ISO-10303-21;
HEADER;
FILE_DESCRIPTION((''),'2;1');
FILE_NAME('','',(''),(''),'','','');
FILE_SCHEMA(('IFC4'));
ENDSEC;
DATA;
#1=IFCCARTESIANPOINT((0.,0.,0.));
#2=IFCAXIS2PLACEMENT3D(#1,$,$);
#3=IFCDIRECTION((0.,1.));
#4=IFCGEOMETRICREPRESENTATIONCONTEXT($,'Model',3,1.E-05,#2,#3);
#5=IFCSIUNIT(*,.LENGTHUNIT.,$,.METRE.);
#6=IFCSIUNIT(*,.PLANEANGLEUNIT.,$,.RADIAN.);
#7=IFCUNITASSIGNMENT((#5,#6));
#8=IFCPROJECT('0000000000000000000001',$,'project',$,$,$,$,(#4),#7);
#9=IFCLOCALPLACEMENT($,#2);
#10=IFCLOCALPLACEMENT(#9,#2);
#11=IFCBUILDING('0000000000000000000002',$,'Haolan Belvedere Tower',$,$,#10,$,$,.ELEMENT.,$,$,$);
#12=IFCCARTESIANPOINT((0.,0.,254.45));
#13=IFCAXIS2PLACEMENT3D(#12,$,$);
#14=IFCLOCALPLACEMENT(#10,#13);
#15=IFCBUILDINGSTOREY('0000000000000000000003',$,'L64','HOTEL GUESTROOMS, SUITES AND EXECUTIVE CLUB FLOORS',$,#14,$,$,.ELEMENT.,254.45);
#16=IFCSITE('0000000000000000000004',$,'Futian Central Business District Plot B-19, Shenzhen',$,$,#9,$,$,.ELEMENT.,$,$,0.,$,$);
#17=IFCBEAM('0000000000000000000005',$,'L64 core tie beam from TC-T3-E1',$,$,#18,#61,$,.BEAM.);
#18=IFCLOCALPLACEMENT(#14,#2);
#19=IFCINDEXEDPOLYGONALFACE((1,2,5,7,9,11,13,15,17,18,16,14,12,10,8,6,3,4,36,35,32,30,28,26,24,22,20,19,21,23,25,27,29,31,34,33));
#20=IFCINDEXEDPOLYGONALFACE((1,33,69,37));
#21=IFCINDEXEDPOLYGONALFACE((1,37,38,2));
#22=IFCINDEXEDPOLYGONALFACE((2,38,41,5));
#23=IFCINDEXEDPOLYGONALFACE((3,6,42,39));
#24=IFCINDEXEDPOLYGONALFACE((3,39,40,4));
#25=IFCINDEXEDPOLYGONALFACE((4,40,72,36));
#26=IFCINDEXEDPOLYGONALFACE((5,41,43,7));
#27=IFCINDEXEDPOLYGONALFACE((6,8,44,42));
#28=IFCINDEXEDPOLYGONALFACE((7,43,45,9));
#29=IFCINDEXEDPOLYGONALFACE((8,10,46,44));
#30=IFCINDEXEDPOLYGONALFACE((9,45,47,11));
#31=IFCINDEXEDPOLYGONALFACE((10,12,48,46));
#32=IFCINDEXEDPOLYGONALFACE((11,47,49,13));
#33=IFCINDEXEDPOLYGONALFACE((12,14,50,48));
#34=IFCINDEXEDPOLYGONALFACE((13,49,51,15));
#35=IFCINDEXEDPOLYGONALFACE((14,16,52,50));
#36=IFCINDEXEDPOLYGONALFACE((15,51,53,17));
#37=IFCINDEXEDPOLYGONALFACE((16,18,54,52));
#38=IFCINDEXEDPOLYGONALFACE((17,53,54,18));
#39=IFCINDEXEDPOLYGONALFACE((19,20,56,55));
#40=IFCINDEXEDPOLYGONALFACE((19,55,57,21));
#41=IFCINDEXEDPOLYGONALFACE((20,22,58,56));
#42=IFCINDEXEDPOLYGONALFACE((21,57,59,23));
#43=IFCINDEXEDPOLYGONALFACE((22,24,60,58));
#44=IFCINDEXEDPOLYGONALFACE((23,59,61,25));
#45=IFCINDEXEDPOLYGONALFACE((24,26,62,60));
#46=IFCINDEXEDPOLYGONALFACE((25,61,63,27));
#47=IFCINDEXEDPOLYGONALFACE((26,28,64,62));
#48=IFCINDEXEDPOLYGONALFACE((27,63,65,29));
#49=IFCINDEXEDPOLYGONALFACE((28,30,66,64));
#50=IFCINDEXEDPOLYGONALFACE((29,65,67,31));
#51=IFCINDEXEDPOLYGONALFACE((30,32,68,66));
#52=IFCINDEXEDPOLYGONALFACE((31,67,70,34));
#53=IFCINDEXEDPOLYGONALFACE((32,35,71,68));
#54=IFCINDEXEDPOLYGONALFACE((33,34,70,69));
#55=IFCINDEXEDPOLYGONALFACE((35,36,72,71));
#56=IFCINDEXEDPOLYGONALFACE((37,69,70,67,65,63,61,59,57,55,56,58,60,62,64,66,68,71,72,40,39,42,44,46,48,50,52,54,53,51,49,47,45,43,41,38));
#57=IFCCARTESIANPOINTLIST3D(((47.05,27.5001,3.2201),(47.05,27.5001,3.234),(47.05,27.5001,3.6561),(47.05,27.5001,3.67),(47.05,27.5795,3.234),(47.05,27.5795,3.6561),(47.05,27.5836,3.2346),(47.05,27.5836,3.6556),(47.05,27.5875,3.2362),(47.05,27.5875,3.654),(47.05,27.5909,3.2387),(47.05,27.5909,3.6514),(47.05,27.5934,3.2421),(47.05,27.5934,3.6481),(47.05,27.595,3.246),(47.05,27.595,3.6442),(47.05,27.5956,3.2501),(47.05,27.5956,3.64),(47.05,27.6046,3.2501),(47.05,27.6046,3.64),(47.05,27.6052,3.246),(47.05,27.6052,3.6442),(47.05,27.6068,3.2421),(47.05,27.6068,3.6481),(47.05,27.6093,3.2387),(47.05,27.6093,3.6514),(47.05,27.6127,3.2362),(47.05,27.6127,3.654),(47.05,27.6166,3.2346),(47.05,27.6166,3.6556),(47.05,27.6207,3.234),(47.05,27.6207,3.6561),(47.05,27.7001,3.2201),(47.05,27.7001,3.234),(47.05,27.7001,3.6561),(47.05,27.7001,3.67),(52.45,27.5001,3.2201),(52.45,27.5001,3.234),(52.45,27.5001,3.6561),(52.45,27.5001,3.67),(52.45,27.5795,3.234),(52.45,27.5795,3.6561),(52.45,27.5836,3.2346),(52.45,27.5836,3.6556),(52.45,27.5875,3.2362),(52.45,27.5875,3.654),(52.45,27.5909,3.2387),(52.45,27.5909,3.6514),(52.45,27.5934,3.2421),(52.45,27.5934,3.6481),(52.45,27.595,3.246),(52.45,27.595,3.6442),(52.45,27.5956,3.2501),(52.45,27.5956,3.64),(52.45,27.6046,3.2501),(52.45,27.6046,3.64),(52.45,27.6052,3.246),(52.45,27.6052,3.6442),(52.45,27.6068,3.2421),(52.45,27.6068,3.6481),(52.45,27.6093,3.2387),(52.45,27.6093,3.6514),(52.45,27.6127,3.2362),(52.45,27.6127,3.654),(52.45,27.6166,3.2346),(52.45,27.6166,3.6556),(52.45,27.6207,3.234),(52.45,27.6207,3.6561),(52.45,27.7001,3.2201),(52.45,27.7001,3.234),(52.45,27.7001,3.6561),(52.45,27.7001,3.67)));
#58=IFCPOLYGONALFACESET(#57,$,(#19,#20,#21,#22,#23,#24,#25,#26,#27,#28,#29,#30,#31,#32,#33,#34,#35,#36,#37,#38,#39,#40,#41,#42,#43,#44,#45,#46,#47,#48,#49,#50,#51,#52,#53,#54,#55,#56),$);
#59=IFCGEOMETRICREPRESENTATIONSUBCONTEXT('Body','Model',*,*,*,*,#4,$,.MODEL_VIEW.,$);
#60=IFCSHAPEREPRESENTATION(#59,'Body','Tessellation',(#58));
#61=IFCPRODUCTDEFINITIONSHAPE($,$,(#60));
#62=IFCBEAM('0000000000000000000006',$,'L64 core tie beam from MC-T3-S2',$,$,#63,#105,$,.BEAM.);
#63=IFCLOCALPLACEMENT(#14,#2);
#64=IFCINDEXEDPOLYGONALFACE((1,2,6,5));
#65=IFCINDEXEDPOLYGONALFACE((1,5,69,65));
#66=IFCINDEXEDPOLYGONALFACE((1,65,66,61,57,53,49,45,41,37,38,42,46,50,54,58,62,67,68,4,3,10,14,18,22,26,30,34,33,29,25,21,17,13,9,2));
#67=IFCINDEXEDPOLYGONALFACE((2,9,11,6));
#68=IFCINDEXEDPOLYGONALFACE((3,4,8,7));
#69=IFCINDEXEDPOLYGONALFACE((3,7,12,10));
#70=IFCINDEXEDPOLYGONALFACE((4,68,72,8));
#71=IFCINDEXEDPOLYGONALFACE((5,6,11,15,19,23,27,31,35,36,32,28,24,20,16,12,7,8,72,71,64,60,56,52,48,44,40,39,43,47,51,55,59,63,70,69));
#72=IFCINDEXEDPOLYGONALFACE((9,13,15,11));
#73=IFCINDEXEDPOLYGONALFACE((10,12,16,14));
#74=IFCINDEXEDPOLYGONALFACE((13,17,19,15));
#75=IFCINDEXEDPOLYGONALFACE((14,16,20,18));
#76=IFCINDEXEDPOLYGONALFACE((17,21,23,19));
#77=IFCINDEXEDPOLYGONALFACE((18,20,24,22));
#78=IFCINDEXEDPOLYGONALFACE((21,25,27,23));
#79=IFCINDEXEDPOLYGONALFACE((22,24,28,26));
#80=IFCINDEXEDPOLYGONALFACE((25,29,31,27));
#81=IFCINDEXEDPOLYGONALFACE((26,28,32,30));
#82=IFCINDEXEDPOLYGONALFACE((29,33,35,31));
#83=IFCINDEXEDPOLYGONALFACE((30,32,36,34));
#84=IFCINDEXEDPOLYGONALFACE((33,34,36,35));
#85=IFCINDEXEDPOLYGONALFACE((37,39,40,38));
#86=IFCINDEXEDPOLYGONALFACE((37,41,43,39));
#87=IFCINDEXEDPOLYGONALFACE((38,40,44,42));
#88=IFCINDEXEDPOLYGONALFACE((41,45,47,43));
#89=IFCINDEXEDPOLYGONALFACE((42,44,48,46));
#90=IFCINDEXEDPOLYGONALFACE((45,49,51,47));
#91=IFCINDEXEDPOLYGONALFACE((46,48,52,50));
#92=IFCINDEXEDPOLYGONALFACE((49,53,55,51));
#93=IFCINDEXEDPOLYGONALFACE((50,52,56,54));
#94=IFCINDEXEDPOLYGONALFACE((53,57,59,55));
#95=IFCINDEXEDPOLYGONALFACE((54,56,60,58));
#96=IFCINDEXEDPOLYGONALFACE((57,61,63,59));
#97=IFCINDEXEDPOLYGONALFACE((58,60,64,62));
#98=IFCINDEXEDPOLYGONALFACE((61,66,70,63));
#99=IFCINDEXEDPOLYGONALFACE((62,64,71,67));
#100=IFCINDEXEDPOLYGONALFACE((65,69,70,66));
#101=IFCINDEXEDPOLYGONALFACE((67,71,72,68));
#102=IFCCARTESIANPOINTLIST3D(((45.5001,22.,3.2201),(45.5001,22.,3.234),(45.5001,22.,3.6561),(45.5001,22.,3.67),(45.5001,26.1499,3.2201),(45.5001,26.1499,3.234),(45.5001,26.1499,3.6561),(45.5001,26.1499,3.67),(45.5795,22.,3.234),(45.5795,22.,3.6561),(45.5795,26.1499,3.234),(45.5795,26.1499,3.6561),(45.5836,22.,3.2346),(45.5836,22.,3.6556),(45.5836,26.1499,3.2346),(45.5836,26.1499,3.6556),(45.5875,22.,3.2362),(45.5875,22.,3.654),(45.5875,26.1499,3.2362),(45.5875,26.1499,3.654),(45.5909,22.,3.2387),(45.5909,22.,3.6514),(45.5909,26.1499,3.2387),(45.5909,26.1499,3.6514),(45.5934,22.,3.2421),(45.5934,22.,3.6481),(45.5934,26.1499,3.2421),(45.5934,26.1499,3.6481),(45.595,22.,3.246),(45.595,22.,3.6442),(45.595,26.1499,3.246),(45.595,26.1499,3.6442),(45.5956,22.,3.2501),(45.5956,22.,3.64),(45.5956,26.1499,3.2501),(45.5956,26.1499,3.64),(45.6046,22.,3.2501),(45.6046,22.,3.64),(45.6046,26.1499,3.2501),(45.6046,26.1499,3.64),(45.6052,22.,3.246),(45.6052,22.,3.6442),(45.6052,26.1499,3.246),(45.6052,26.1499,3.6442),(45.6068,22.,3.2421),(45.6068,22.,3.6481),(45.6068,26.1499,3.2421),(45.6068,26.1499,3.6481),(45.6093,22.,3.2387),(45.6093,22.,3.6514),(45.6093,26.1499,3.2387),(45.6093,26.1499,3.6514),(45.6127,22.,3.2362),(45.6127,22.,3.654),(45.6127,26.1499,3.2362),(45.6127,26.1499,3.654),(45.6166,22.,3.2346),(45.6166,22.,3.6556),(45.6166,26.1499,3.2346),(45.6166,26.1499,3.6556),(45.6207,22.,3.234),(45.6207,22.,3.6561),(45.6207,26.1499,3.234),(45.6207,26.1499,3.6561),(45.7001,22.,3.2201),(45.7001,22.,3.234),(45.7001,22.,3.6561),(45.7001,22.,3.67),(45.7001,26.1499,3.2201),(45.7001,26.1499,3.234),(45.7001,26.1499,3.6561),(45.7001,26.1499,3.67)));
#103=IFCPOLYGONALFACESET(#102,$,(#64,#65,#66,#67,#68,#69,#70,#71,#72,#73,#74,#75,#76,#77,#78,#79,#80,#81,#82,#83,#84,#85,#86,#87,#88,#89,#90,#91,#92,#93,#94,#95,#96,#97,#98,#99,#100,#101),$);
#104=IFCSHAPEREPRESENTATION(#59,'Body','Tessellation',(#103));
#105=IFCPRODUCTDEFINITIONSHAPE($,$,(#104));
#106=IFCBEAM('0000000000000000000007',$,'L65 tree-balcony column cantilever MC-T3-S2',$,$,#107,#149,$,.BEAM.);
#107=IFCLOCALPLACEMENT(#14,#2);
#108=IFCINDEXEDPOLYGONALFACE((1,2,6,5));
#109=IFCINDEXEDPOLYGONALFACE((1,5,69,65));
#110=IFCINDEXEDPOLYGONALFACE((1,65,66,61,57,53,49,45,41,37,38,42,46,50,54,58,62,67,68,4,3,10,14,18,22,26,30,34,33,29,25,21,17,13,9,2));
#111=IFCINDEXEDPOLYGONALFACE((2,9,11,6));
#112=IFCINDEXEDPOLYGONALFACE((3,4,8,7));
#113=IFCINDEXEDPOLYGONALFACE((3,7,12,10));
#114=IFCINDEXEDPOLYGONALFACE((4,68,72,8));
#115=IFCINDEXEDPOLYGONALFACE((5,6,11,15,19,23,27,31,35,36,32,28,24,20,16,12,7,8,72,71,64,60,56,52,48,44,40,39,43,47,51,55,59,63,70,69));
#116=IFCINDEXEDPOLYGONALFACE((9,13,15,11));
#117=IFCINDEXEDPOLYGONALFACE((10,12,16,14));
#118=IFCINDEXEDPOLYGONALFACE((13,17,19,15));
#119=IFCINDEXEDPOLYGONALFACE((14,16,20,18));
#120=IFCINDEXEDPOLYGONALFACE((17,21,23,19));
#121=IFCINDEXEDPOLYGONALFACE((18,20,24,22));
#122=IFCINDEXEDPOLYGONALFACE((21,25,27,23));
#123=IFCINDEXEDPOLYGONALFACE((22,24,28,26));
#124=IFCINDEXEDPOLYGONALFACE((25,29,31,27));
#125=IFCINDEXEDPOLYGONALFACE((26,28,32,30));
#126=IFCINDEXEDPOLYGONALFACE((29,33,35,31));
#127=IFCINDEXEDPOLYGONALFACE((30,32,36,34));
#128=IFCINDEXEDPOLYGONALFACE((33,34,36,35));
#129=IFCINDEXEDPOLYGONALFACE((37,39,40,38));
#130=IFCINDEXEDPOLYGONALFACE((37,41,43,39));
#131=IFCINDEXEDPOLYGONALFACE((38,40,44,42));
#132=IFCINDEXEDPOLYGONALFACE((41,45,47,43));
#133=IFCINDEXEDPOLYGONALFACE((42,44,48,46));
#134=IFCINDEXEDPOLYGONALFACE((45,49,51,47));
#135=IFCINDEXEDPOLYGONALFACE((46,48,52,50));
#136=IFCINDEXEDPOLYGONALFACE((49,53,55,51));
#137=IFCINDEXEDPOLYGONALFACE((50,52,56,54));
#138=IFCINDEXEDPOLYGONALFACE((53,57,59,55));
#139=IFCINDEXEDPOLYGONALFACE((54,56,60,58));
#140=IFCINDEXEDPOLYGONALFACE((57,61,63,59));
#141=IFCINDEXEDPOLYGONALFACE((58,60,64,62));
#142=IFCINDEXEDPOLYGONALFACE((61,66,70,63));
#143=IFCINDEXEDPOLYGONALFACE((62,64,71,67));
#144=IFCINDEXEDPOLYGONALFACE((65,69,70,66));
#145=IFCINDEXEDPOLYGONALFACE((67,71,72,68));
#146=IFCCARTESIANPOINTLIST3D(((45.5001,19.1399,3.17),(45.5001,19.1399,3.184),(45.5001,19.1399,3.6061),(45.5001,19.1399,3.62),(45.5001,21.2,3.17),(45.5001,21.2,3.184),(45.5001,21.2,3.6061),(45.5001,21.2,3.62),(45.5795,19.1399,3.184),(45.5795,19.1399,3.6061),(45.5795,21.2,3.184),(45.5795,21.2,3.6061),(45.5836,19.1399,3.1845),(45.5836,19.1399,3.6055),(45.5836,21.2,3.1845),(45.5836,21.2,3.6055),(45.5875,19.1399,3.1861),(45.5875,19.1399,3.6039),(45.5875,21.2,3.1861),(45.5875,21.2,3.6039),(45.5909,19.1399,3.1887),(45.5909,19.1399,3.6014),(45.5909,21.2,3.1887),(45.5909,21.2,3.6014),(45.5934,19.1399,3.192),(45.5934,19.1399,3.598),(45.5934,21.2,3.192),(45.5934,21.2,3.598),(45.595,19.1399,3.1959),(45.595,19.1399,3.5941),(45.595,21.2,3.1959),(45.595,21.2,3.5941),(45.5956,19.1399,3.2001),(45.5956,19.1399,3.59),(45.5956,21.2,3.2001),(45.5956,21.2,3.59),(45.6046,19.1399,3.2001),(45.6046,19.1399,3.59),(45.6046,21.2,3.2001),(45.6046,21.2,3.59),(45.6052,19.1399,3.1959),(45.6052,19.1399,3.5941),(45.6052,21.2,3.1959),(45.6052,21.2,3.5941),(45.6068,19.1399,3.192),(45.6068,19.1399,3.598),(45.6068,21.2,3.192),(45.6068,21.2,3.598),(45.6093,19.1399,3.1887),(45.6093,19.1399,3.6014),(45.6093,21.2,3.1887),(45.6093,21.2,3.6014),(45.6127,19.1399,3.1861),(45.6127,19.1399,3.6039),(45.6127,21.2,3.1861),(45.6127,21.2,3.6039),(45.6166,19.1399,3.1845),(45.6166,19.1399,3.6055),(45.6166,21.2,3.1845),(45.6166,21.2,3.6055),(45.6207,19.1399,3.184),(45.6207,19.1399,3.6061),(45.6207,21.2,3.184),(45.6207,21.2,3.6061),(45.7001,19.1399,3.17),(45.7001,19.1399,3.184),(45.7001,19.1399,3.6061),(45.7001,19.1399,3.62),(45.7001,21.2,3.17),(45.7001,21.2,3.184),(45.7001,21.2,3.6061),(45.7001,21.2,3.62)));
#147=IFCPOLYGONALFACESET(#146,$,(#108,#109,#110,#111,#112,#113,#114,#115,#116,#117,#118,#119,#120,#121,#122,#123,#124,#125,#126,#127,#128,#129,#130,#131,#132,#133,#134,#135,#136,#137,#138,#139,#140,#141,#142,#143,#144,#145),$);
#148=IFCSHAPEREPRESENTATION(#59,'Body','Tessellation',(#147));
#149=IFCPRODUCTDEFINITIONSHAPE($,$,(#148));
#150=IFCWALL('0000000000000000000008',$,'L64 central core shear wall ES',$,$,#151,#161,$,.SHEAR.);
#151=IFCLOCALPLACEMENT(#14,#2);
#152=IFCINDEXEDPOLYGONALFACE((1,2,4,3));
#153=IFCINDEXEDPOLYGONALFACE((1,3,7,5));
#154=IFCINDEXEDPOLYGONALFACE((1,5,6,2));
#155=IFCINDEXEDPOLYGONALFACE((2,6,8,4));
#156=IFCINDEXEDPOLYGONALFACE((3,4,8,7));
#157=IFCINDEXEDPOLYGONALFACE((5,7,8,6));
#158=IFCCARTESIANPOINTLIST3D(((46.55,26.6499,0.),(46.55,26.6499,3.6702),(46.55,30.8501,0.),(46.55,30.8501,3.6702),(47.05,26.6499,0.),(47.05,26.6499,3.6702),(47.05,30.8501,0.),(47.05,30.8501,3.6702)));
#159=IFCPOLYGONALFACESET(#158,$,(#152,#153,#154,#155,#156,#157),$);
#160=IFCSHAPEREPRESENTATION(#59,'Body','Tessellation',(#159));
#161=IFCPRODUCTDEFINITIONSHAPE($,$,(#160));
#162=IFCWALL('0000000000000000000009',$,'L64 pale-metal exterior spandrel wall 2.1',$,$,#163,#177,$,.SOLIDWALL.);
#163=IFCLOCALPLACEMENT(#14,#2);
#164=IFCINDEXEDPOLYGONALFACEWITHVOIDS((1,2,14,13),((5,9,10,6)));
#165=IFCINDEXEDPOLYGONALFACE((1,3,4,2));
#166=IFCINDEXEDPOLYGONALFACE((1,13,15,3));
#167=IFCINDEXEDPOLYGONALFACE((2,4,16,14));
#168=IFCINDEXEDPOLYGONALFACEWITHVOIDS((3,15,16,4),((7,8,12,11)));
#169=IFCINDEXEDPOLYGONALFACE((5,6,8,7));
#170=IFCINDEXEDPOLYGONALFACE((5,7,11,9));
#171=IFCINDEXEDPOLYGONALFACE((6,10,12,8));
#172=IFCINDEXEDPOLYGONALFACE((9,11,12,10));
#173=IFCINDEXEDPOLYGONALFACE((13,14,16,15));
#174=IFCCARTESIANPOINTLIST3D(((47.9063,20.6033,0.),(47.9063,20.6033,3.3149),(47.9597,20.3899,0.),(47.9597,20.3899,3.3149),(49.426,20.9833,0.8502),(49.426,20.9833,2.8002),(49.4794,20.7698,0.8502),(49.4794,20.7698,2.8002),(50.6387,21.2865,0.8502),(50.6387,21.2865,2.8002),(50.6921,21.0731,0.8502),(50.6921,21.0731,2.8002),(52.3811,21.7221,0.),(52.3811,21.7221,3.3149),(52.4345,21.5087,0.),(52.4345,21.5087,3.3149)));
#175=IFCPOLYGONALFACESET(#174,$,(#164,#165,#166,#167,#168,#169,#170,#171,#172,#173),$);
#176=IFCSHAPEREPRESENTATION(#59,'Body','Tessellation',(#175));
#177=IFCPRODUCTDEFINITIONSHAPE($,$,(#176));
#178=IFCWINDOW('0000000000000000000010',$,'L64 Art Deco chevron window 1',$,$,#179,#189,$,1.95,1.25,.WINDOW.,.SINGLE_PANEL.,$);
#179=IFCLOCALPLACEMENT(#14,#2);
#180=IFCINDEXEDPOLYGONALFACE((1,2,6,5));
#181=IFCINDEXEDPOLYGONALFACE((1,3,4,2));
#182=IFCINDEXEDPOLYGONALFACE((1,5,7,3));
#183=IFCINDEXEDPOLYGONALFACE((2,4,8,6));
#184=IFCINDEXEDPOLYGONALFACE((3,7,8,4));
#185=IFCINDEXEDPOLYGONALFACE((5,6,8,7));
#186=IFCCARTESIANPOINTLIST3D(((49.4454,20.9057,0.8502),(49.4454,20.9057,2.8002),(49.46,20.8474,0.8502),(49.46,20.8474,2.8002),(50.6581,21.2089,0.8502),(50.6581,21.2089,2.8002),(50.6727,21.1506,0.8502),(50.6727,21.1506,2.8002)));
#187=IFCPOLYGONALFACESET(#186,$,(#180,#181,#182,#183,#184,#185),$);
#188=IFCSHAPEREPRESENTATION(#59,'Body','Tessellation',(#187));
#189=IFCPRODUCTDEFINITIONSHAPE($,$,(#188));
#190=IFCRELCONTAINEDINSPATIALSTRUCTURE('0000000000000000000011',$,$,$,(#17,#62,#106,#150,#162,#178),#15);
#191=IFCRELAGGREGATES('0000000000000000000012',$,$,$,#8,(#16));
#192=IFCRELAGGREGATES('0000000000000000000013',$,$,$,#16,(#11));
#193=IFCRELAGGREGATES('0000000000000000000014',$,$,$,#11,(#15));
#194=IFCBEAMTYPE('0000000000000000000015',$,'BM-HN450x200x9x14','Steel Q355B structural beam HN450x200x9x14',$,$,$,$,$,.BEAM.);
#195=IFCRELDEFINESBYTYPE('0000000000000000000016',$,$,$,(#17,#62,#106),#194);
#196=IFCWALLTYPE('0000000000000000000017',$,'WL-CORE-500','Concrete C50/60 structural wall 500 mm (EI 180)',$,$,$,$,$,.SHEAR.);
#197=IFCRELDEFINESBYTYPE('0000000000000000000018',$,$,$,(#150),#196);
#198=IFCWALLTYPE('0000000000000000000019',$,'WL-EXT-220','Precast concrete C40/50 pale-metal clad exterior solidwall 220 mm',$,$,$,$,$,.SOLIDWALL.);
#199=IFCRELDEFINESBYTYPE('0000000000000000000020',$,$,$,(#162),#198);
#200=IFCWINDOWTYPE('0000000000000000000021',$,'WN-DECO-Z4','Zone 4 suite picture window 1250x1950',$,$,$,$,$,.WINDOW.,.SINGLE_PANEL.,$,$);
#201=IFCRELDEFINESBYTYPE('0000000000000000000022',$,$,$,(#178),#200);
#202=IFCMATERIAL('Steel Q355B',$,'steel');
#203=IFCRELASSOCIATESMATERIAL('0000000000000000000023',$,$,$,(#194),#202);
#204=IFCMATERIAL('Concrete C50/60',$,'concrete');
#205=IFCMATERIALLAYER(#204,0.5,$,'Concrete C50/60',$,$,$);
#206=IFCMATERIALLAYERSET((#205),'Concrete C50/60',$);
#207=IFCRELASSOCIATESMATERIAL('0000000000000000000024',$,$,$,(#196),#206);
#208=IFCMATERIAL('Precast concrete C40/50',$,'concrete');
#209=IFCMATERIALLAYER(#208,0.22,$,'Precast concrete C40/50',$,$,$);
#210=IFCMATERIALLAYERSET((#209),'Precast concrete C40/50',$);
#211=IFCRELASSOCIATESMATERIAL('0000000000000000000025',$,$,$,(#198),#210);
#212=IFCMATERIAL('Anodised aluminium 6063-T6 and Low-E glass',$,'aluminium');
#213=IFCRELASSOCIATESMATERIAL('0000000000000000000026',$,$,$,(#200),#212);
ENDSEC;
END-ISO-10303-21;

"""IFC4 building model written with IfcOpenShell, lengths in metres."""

from ifc_helpers import new_model, si_unit, direction, frame, frame_2d, origin, origin_2d, place, context, subcontext, project, spatial, rectangle, i_section, extrude, material, layer, layer_set, material_profile, profile_set, type_object, element, fill, save


model = new_model("IFC4")

# Units and contexts
model_context = context("Model", 3, precision=1e-05, world=origin(), true_north=direction((0.0, 1.0)))
body_context = subcontext(model_context, "Body", "Model", "MODEL_VIEW")
ifc_project = project(units=[si_unit("LENGTHUNIT", "METRE"), si_unit("PLANEANGLEUNIT", "RADIAN")], contexts=[model_context])

# Site, building, storey
site_placement = place(None, origin())
site = spatial("IfcSite", under=ifc_project, at=site_placement, Name="Futian Central Business District Plot B-19, Shenzhen", CompositionType="ELEMENT", RefElevation=0.0)
building_placement = place(site_placement, origin())
building = spatial("IfcBuilding", under=site, at=building_placement, Name="Haolan Belvedere Tower", CompositionType="ELEMENT")
storey_placement = place(building_placement, frame((0.0, 0.0, 254.45)))
storey = spatial("IfcBuildingStorey", under=building, at=storey_placement, Name="L64", Description="HOTEL GUESTROOMS, SUITES AND EXECUTIVE CLUB FLOORS", CompositionType="ELEMENT", Elevation=254.45)

# Beams
ifc_material_1 = material(Name="Steel Q355B", Category="steel")
ifc_material_profile_1 = material_profile(ifc_material_1, i_section(OverallWidth=0.2, OverallDepth=0.45, WebThickness=0.009, FlangeThickness=0.0139, FilletRadius=0.0161, at=origin_2d()), Name="Steel Q355B")
ifc_profile_set_1 = profile_set([ifc_material_profile_1], Name="Steel Q355B")
beam_type_1 = type_object("IfcBeamType", Name="BM-HN450x200x9x14", Description="Steel Q355B structural beam HN450x200x9x14", PredefinedType="BEAM", material=ifc_profile_set_1)
beam_1_placement = place(storey_placement, frame((52.45, 27.6001, 3.4451), z_axis=(-1.0, 0.0, 0.0), x_axis=(0.0, -1.0, 0.0)))
element("IfcBeam", 1, at=beam_1_placement, inside=storey, type_object=beam_type_1, Name="L64 core tie beam from TC-T3-E1", PredefinedType="BEAM", context=body_context, shape_type="SweptSolid", body=[
    extrude(i_section(OverallWidth=0.2, OverallDepth=0.45, WebThickness=0.009, FlangeThickness=0.0139, FilletRadius=0.0161, at=origin_2d()), origin(), (0.0, 0.0, 1.0), 5.3999),
])
beam_2_placement = place(storey_placement, frame((45.6001, 22.0, 3.4451), z_axis=(0.0, 1.0, 0.0), x_axis=(-1.0, 0.0, 0.0)))
element("IfcBeam", 2, at=beam_2_placement, inside=storey, type_object=beam_type_1, Name="L64 core tie beam from MC-T3-S2", PredefinedType="BEAM", context=body_context, shape_type="SweptSolid", body=[
    extrude(i_section(OverallWidth=0.2, OverallDepth=0.45, WebThickness=0.009, FlangeThickness=0.0139, FilletRadius=0.0161, at=origin_2d()), origin(), (0.0, 0.0, 1.0), 4.1499),
])
beam_3_placement = place(storey_placement, frame((45.6001, 21.2, 3.395), z_axis=(0.0, -1.0, 0.0), x_axis=(1.0, 0.0, 0.0)))
element("IfcBeam", 3, at=beam_3_placement, inside=storey, type_object=beam_type_1, Name="L65 tree-balcony column cantilever MC-T3-S2", PredefinedType="BEAM", context=body_context, shape_type="SweptSolid", body=[
    extrude(i_section(OverallWidth=0.2, OverallDepth=0.45, WebThickness=0.009, FlangeThickness=0.0139, FilletRadius=0.0161, at=origin_2d()), origin(), (0.0, 0.0, 1.0), 2.0601),
])

# Wall
ifc_material_2 = material(Name="Concrete C50/60", Category="concrete")
ifc_layer_1 = layer(ifc_material_2, 0.5, Name="Concrete C50/60")
ifc_layer_set_1 = layer_set([ifc_layer_1], Name="Concrete C50/60")
wall_type_1 = type_object("IfcWallType", Name="WL-CORE-500", Description="Concrete C50/60 structural wall 500 mm (EI 180)", PredefinedType="SHEAR", material=ifc_layer_set_1)
wall_1_placement = place(storey_placement, frame((46.8, 26.6499, 0.0), z_axis=(0.0, 0.0, 1.0), x_axis=(0.0, 1.0, 0.0)))
element("IfcWall", 4, at=wall_1_placement, inside=storey, type_object=wall_type_1, Name="L64 central core shear wall ES", PredefinedType="SHEAR", context=body_context, shape_type="SweptSolid", body=[
    extrude(rectangle(XDim=4.2002, YDim=0.5, at=frame_2d((2.1001, 0.0))), origin(), (0.0, 0.0, 1.0), 3.6702),
])

# Wall, opening, window
ifc_material_3 = material(Name="Precast concrete C40/50", Category="concrete")
ifc_layer_2 = layer(ifc_material_3, 0.22, Name="Precast concrete C40/50")
ifc_layer_set_2 = layer_set([ifc_layer_2], Name="Precast concrete C40/50")
wall_type_2 = type_object("IfcWallType", Name="WL-EXT-220", Description="Precast concrete C40/50 pale-metal clad exterior solidwall 220 mm", PredefinedType="SOLIDWALL", material=ifc_layer_set_2)
wall_2_placement = place(storey_placement, frame((47.9331, 20.4966, 0.0), z_axis=(0.0, 0.0, 1.0), x_axis=(0.970133, 0.242573, 0.0)))
wall_2 = element("IfcWall", 5, at=wall_2_placement, inside=storey, type_object=wall_type_2, Name="L64 pale-metal exterior spandrel wall 2.1", PredefinedType="SOLIDWALL", context=body_context, shape_type="SweptSolid", body=[
    extrude(rectangle(XDim=4.6125, YDim=0.22, at=frame_2d((2.3062, 0.0))), origin(), (0.0, 0.0, 1.0), 3.3149),
])
opening_1_placement = place(wall_2_placement, frame((1.5664, 0.0, 0.8501)))
opening_1 = element("IfcOpeningElement", 6, at=opening_1_placement, cuts=wall_2, PredefinedType="OPENING", context=body_context, shape_type="SweptSolid", body=[
    extrude(rectangle(XDim=1.25, YDim=1.95, at=frame_2d((0.625, 0.9751))), frame((0.0, 0.1199, 0.0), z_axis=(0.0, -1.0, 0.0), x_axis=(1.0, 0.0, 0.0)), (0.0, 0.0, 1.0), 0.24),
])
ifc_material_4 = material(Name="Anodised aluminium 6063-T6 and Low-E glass", Category="aluminium")
window_type = type_object("IfcWindowType", Name="WN-DECO-Z4", Description="Zone 4 suite picture window 1250x1950", PartitioningType="SINGLE_PANEL", PredefinedType="WINDOW", material=ifc_material_4)
window_1_placement = place(opening_1_placement, origin())
window_1 = element("IfcWindow", 7, at=window_1_placement, inside=storey, type_object=window_type, Name="L64 Art Deco chevron window 1", OverallHeight=1.95, OverallWidth=1.25, PartitioningType="SINGLE_PANEL", PredefinedType="WINDOW", context=body_context, shape_type="SweptSolid", body=[
    extrude(rectangle(XDim=1.25, YDim=1.95, at=frame_2d((0.625, 0.9751))), frame((0.0, 0.03, 0.0), z_axis=(0.0, -1.0, 0.0), x_axis=(1.0, 0.0, 0.0)), (0.0, 0.0, 1.0), 0.0601),
])
fill(opening_1, window_1)

save(model, "model.ifc")
